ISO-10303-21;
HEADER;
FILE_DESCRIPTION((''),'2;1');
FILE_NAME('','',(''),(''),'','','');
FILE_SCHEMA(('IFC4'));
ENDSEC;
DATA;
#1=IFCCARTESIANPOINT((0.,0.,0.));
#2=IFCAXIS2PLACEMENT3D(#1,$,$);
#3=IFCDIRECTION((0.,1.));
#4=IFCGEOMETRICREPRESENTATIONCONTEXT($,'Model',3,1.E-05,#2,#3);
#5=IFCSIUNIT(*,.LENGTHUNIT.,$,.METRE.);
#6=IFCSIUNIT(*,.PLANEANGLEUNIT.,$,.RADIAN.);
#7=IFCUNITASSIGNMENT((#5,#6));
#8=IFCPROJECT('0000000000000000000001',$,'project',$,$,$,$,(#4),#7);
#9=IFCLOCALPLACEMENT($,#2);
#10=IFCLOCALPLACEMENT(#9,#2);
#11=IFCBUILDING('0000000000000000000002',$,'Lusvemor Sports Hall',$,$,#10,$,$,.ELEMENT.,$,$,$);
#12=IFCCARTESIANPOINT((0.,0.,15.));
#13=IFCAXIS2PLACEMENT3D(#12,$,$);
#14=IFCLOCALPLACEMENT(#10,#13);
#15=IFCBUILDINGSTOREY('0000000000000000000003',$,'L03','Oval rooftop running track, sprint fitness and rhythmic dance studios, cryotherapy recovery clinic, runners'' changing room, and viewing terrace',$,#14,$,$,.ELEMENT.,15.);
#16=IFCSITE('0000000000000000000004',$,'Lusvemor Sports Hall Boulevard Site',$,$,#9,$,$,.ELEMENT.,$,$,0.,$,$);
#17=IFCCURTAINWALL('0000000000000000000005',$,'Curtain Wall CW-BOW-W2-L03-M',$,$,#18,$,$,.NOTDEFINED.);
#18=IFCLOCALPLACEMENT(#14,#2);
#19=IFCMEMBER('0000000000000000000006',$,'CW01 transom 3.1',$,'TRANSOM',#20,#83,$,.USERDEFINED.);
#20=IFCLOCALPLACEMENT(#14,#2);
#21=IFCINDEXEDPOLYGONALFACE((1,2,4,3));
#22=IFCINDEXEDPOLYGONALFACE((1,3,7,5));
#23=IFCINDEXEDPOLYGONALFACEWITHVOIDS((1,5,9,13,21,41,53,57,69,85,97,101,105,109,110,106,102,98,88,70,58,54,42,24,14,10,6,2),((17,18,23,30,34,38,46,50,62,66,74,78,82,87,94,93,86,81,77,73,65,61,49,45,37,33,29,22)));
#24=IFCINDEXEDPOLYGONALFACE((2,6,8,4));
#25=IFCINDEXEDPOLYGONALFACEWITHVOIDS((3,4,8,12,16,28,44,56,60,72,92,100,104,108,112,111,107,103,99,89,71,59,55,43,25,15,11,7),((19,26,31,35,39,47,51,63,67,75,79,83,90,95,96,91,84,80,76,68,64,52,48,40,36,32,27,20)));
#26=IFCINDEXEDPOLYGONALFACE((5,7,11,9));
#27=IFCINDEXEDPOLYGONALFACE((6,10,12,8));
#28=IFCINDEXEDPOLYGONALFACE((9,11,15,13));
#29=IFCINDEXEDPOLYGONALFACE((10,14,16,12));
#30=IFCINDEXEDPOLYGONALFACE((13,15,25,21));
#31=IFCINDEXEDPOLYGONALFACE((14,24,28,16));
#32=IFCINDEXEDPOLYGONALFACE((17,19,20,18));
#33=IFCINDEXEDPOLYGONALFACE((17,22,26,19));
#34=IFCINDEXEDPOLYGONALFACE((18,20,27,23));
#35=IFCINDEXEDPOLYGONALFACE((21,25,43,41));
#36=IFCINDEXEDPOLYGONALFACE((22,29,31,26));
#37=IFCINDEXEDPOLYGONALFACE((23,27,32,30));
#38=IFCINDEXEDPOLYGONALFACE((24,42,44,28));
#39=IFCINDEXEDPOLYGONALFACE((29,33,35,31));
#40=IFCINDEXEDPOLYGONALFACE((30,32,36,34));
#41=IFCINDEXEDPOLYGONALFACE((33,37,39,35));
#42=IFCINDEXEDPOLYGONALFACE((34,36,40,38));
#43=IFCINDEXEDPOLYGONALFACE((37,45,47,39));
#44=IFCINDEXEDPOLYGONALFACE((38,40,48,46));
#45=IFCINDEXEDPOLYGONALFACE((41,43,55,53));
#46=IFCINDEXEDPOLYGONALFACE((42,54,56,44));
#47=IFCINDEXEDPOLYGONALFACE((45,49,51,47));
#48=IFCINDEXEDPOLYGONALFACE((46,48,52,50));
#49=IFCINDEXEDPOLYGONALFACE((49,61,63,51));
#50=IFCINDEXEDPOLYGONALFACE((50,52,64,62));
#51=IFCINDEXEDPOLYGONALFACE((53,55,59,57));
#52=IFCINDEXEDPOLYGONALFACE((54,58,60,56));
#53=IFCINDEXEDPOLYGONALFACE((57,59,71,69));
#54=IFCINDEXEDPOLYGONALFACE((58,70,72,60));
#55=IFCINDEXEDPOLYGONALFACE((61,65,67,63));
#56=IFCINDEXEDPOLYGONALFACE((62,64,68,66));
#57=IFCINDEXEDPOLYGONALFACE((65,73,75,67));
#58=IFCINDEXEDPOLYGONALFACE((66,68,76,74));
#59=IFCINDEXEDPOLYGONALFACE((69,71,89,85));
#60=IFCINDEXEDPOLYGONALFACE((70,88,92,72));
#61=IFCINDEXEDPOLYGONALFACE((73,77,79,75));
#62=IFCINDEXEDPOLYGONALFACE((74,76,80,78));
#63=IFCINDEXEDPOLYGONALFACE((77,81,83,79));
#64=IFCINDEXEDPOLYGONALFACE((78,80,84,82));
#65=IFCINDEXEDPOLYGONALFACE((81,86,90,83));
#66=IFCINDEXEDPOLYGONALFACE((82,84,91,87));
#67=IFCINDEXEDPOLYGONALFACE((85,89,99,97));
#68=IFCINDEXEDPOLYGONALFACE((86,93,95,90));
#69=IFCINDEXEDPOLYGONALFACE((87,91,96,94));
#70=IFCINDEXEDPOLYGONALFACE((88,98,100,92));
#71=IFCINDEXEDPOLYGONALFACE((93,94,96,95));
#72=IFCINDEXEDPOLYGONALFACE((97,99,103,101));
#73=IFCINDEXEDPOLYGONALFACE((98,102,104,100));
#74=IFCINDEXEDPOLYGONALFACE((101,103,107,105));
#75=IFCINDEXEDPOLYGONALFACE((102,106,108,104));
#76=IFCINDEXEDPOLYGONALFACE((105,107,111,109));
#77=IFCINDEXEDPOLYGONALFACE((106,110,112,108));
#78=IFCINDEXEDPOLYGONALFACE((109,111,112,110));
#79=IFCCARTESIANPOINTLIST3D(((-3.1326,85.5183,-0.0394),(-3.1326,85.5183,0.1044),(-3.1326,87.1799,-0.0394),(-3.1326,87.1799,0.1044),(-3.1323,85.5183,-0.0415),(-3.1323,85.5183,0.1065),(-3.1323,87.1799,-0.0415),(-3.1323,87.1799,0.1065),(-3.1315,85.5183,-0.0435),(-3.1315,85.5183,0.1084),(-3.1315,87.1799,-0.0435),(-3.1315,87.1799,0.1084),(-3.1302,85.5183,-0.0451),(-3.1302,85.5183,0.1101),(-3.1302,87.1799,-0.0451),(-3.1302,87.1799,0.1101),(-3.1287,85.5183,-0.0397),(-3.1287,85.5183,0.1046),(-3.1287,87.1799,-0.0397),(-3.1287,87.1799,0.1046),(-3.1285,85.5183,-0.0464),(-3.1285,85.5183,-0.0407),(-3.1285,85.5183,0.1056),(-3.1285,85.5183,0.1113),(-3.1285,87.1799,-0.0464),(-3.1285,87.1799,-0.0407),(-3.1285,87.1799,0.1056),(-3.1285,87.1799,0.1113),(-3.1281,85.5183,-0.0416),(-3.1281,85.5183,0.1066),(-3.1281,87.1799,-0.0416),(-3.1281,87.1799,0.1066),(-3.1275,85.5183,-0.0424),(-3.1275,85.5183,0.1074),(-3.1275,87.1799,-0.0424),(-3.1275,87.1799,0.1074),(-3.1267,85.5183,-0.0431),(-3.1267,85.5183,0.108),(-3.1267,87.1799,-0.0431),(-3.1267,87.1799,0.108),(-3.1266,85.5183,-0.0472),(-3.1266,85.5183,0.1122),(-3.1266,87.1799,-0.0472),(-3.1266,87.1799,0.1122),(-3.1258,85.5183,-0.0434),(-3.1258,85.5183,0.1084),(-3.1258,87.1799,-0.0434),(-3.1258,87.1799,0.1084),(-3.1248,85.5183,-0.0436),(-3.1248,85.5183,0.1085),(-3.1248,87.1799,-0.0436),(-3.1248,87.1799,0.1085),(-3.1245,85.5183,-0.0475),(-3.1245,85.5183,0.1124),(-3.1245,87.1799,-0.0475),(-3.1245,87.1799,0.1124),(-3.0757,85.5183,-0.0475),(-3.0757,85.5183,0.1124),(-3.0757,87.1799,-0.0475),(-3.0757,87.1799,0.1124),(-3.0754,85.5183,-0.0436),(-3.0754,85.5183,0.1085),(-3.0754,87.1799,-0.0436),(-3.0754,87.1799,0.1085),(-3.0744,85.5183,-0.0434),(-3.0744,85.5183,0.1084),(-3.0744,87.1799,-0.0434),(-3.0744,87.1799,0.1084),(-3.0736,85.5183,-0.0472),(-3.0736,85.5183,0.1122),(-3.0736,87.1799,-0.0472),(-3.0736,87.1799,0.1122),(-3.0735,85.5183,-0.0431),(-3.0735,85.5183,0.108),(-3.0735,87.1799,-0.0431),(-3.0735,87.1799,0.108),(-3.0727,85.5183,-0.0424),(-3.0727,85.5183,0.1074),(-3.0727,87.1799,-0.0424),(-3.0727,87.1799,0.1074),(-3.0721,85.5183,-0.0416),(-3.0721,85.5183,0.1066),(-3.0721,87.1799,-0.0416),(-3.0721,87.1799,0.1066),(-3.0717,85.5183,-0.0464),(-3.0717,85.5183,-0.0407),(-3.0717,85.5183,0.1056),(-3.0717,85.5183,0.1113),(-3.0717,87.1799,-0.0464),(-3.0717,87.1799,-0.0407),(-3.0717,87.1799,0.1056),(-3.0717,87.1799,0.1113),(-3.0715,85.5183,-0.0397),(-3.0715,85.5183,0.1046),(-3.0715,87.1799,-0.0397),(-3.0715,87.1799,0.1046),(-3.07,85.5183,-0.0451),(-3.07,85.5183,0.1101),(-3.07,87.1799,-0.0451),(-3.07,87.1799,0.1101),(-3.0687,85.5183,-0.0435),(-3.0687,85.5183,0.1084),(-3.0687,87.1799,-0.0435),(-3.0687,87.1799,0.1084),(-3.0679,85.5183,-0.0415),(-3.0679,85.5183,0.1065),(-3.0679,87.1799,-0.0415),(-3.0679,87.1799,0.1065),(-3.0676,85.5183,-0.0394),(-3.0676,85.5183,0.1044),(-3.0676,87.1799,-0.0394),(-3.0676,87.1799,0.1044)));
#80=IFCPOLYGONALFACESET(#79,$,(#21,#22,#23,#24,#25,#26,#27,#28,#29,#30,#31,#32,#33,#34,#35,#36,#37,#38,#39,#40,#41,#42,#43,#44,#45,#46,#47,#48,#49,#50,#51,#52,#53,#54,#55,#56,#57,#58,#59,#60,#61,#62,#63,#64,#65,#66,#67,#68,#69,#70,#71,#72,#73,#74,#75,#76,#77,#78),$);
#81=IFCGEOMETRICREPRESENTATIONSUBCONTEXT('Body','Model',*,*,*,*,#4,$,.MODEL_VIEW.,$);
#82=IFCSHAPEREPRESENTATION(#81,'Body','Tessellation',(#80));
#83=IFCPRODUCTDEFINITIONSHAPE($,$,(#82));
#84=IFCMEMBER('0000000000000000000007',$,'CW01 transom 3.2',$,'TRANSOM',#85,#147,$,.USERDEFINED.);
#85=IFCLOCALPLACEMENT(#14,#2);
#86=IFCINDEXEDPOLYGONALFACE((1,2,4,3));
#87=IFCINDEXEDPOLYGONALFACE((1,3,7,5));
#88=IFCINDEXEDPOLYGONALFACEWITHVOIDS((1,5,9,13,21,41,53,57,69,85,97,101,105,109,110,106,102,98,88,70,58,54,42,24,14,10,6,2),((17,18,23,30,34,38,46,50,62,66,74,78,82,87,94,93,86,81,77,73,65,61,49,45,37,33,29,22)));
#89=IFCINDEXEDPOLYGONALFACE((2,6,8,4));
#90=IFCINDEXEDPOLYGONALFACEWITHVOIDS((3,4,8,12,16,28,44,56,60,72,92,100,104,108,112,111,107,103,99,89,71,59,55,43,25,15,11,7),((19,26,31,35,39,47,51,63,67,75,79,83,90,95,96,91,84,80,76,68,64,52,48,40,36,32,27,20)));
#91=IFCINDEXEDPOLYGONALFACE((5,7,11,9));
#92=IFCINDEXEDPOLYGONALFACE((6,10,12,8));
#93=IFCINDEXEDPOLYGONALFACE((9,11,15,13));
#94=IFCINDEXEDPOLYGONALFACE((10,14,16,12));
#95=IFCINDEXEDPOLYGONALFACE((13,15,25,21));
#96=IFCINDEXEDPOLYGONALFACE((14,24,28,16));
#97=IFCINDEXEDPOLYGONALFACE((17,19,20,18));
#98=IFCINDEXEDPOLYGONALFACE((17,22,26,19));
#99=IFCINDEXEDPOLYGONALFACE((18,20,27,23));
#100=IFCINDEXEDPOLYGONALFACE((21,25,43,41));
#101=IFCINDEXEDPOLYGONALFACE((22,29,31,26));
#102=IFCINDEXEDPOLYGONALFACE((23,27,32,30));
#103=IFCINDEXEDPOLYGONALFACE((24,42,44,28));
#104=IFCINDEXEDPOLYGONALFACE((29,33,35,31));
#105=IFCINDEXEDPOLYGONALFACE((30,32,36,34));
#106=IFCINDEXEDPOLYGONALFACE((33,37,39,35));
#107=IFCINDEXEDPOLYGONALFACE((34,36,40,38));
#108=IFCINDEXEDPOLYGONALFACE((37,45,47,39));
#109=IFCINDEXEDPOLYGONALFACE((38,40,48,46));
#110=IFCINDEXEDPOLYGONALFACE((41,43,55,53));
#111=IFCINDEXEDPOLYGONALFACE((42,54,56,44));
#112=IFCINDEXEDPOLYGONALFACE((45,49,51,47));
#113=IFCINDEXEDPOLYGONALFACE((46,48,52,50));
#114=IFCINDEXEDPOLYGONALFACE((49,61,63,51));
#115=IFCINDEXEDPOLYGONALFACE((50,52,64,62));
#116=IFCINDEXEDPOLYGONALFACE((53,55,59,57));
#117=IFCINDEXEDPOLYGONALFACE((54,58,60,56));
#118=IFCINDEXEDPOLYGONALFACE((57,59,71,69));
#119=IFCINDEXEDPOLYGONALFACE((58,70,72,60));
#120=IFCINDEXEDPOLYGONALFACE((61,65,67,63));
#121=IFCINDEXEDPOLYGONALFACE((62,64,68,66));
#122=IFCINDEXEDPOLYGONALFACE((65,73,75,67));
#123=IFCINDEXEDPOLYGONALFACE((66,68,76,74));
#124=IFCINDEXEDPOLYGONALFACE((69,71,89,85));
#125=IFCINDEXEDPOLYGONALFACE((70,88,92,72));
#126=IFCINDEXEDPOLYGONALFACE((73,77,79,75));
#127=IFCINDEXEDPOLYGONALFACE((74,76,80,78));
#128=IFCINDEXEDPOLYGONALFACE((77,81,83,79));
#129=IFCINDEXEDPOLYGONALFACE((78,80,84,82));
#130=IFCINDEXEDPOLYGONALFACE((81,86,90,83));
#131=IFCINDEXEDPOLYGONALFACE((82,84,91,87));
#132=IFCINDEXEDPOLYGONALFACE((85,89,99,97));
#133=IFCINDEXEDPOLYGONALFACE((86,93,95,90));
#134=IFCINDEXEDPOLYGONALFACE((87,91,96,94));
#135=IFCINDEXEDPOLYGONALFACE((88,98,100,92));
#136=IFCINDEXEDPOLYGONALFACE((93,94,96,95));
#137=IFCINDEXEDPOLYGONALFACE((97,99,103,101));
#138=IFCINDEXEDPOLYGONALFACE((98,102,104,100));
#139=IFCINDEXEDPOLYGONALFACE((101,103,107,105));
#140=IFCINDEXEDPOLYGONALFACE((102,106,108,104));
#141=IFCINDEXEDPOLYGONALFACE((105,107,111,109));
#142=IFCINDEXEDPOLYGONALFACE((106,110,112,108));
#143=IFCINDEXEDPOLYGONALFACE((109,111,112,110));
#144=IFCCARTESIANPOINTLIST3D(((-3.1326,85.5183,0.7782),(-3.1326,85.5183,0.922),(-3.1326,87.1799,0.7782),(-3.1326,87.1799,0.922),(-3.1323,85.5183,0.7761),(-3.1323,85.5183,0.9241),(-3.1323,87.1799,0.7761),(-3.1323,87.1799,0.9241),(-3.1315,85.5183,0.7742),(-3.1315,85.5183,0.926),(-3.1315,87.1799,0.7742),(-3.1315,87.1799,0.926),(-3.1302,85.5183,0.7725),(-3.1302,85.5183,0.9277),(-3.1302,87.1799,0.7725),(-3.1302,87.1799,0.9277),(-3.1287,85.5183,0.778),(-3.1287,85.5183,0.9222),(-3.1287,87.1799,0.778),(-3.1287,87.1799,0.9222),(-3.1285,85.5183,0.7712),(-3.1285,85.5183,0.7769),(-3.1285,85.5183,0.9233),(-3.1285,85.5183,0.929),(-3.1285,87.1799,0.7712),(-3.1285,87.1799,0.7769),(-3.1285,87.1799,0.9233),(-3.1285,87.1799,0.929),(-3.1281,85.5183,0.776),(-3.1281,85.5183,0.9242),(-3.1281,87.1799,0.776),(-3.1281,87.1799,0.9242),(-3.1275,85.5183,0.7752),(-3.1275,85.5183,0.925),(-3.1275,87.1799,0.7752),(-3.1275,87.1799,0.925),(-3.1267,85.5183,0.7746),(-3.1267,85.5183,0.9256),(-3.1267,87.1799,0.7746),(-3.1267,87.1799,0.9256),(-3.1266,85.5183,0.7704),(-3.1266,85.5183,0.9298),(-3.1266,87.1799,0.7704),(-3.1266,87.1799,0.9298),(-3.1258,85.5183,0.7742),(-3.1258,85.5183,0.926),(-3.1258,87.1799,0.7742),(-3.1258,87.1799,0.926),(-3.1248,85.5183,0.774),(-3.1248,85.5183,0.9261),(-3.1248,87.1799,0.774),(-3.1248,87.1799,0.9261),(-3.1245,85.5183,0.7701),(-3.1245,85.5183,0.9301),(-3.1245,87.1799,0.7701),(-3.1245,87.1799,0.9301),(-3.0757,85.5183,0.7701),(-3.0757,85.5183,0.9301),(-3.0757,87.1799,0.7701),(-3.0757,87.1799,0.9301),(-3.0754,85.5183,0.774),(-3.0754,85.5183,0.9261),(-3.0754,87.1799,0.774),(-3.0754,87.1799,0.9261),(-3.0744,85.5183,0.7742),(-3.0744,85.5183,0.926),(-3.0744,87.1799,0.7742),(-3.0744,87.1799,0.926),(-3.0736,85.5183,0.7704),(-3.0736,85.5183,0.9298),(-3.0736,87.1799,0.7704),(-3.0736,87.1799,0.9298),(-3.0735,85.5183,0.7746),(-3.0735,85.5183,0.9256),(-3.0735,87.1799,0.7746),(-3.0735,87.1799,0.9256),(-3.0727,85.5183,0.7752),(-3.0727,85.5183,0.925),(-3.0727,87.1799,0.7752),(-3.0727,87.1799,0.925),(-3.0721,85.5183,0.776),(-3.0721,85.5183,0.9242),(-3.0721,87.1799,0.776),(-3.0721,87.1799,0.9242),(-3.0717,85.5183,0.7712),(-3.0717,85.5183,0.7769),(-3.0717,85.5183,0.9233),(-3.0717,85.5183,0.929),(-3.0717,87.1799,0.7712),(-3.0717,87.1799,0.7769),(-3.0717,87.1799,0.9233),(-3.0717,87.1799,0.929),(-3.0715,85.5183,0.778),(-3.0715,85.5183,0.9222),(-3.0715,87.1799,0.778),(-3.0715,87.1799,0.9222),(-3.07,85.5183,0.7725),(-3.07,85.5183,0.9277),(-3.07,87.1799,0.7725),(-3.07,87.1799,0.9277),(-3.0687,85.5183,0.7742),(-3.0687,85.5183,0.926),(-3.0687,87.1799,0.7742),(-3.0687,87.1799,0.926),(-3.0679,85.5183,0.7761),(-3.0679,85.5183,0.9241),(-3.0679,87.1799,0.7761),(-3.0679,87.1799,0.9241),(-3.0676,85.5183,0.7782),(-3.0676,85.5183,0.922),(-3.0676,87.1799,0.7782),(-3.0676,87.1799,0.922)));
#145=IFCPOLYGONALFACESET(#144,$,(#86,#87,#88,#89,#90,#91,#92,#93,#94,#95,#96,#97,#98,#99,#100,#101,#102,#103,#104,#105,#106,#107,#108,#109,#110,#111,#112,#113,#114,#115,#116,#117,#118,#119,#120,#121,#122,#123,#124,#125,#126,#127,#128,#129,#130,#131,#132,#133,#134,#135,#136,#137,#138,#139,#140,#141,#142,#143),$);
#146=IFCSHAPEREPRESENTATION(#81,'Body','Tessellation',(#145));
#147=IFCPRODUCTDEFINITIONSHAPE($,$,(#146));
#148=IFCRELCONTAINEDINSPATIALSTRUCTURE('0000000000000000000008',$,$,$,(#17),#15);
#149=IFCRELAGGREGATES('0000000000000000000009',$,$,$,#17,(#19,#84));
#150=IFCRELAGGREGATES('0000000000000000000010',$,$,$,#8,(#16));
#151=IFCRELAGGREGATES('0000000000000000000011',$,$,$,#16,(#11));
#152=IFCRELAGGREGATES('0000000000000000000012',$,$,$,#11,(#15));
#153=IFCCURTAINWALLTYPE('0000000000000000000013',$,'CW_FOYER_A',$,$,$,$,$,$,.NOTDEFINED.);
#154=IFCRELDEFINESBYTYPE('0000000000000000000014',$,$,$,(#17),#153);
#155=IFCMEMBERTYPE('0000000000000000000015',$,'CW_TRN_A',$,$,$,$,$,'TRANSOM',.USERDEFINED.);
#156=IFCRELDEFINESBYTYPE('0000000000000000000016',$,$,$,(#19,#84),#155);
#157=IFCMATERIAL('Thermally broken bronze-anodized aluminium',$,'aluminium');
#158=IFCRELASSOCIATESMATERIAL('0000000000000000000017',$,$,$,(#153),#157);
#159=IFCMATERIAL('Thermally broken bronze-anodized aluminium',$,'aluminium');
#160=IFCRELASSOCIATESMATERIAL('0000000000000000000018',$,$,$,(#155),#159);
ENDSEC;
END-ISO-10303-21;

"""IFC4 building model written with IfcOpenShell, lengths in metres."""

from ifc_helpers import new_model, si_unit, direction, frame, origin, origin_2d, place, context, subcontext, project, spatial, hollow_rectangle, extrude, material, material_profile, profile_set, type_object, element, aggregate, save


model = new_model("IFC4")

# Units and contexts
model_context = context("Model", 3, precision=1e-05, world=origin(), true_north=direction((0.0, 1.0)))
body_context = subcontext(model_context, "Body", "Model", "MODEL_VIEW")
ifc_project = project(units=[si_unit("LENGTHUNIT", "METRE"), si_unit("PLANEANGLEUNIT", "RADIAN")], contexts=[model_context])

# Site, building, storey
site_placement = place(None, origin())
site = spatial("IfcSite", under=ifc_project, at=site_placement, Name="Lusvemor Sports Hall Boulevard Site", CompositionType="ELEMENT", RefElevation=0.0)
building_placement = place(site_placement, origin())
building = spatial("IfcBuilding", under=site, at=building_placement, Name="Lusvemor Sports Hall", CompositionType="ELEMENT")
storey_placement = place(building_placement, frame((0.0, 0.0, 15.0)))
storey = spatial("IfcBuildingStorey", under=building, at=storey_placement, Name="L03", Description="Oval rooftop running track, sprint fitness and rhythmic dance studios, cryotherapy recovery clinic, runners' changing room, and viewing terrace", CompositionType="ELEMENT", Elevation=15.0)

# Curtain wall
ifc_material_1 = material(Name="Thermally broken bronze-anodized aluminium", Category="aluminium")
curtain_wall_type_1 = type_object("IfcCurtainWallType", Name="CW_FOYER_A", PredefinedType="NOTDEFINED", material=ifc_material_1)
curtain_wall_1_placement = place(storey_placement, origin())
curtain_wall_1 = element("IfcCurtainWall", 1, at=curtain_wall_1_placement, inside=storey, type_object=curtain_wall_type_1, Name="Curtain Wall CW-BOW-W2-L03-M", PredefinedType="NOTDEFINED")

# Members
ifc_material_2 = material(Name="Thermally broken bronze-anodized aluminium", Category="aluminium")
ifc_material_profile_1 = material_profile(ifc_material_2, hollow_rectangle(XDim=0.0649, YDim=0.1599, WallThickness=0.0039, InnerFilletRadius=0.0039, OuterFilletRadius=0.0081, at=origin_2d()), Name="CWTRN160x65x4")
ifc_profile_set_1 = profile_set([ifc_material_profile_1], Name="Thermally broken bronze-anodized aluminium")
member_type_1 = type_object("IfcMemberType", Name="CW_TRN_A", ElementType="TRANSOM", PredefinedType="USERDEFINED", material=ifc_profile_set_1)
member_1_placement = place(storey_placement, frame((-3.1001, 85.5183, 0.0325), z_axis=(0.0, 1.0, 0.0), x_axis=(-1.0, 0.0, 0.0)))
member_1 = element("IfcMember", 2, at=member_1_placement, type_object=member_type_1, Name="CW01 transom 3.1", ObjectType="TRANSOM", PredefinedType="USERDEFINED", context=body_context, shape_type="SweptSolid", body=[
    extrude(hollow_rectangle(XDim=0.0649, YDim=0.1599, WallThickness=0.0039, InnerFilletRadius=0.0039, OuterFilletRadius=0.0081, at=origin_2d()), origin(), (0.0, 0.0, 1.0), 1.6616),
])
member_2_placement = place(storey_placement, frame((-3.1001, 85.5183, 0.8501), z_axis=(0.0, 1.0, 0.0), x_axis=(-1.0, 0.0, 0.0)))
member_2 = element("IfcMember", 3, at=member_2_placement, type_object=member_type_1, Name="CW01 transom 3.2", ObjectType="TRANSOM", PredefinedType="USERDEFINED", context=body_context, shape_type="SweptSolid", body=[
    extrude(hollow_rectangle(XDim=0.0649, YDim=0.1599, WallThickness=0.0039, InnerFilletRadius=0.0039, OuterFilletRadius=0.0081, at=origin_2d()), origin(), (0.0, 0.0, 1.0), 1.6616),
])

aggregate(curtain_wall_1, [member_1, member_2])

save(model, "model.ifc")
